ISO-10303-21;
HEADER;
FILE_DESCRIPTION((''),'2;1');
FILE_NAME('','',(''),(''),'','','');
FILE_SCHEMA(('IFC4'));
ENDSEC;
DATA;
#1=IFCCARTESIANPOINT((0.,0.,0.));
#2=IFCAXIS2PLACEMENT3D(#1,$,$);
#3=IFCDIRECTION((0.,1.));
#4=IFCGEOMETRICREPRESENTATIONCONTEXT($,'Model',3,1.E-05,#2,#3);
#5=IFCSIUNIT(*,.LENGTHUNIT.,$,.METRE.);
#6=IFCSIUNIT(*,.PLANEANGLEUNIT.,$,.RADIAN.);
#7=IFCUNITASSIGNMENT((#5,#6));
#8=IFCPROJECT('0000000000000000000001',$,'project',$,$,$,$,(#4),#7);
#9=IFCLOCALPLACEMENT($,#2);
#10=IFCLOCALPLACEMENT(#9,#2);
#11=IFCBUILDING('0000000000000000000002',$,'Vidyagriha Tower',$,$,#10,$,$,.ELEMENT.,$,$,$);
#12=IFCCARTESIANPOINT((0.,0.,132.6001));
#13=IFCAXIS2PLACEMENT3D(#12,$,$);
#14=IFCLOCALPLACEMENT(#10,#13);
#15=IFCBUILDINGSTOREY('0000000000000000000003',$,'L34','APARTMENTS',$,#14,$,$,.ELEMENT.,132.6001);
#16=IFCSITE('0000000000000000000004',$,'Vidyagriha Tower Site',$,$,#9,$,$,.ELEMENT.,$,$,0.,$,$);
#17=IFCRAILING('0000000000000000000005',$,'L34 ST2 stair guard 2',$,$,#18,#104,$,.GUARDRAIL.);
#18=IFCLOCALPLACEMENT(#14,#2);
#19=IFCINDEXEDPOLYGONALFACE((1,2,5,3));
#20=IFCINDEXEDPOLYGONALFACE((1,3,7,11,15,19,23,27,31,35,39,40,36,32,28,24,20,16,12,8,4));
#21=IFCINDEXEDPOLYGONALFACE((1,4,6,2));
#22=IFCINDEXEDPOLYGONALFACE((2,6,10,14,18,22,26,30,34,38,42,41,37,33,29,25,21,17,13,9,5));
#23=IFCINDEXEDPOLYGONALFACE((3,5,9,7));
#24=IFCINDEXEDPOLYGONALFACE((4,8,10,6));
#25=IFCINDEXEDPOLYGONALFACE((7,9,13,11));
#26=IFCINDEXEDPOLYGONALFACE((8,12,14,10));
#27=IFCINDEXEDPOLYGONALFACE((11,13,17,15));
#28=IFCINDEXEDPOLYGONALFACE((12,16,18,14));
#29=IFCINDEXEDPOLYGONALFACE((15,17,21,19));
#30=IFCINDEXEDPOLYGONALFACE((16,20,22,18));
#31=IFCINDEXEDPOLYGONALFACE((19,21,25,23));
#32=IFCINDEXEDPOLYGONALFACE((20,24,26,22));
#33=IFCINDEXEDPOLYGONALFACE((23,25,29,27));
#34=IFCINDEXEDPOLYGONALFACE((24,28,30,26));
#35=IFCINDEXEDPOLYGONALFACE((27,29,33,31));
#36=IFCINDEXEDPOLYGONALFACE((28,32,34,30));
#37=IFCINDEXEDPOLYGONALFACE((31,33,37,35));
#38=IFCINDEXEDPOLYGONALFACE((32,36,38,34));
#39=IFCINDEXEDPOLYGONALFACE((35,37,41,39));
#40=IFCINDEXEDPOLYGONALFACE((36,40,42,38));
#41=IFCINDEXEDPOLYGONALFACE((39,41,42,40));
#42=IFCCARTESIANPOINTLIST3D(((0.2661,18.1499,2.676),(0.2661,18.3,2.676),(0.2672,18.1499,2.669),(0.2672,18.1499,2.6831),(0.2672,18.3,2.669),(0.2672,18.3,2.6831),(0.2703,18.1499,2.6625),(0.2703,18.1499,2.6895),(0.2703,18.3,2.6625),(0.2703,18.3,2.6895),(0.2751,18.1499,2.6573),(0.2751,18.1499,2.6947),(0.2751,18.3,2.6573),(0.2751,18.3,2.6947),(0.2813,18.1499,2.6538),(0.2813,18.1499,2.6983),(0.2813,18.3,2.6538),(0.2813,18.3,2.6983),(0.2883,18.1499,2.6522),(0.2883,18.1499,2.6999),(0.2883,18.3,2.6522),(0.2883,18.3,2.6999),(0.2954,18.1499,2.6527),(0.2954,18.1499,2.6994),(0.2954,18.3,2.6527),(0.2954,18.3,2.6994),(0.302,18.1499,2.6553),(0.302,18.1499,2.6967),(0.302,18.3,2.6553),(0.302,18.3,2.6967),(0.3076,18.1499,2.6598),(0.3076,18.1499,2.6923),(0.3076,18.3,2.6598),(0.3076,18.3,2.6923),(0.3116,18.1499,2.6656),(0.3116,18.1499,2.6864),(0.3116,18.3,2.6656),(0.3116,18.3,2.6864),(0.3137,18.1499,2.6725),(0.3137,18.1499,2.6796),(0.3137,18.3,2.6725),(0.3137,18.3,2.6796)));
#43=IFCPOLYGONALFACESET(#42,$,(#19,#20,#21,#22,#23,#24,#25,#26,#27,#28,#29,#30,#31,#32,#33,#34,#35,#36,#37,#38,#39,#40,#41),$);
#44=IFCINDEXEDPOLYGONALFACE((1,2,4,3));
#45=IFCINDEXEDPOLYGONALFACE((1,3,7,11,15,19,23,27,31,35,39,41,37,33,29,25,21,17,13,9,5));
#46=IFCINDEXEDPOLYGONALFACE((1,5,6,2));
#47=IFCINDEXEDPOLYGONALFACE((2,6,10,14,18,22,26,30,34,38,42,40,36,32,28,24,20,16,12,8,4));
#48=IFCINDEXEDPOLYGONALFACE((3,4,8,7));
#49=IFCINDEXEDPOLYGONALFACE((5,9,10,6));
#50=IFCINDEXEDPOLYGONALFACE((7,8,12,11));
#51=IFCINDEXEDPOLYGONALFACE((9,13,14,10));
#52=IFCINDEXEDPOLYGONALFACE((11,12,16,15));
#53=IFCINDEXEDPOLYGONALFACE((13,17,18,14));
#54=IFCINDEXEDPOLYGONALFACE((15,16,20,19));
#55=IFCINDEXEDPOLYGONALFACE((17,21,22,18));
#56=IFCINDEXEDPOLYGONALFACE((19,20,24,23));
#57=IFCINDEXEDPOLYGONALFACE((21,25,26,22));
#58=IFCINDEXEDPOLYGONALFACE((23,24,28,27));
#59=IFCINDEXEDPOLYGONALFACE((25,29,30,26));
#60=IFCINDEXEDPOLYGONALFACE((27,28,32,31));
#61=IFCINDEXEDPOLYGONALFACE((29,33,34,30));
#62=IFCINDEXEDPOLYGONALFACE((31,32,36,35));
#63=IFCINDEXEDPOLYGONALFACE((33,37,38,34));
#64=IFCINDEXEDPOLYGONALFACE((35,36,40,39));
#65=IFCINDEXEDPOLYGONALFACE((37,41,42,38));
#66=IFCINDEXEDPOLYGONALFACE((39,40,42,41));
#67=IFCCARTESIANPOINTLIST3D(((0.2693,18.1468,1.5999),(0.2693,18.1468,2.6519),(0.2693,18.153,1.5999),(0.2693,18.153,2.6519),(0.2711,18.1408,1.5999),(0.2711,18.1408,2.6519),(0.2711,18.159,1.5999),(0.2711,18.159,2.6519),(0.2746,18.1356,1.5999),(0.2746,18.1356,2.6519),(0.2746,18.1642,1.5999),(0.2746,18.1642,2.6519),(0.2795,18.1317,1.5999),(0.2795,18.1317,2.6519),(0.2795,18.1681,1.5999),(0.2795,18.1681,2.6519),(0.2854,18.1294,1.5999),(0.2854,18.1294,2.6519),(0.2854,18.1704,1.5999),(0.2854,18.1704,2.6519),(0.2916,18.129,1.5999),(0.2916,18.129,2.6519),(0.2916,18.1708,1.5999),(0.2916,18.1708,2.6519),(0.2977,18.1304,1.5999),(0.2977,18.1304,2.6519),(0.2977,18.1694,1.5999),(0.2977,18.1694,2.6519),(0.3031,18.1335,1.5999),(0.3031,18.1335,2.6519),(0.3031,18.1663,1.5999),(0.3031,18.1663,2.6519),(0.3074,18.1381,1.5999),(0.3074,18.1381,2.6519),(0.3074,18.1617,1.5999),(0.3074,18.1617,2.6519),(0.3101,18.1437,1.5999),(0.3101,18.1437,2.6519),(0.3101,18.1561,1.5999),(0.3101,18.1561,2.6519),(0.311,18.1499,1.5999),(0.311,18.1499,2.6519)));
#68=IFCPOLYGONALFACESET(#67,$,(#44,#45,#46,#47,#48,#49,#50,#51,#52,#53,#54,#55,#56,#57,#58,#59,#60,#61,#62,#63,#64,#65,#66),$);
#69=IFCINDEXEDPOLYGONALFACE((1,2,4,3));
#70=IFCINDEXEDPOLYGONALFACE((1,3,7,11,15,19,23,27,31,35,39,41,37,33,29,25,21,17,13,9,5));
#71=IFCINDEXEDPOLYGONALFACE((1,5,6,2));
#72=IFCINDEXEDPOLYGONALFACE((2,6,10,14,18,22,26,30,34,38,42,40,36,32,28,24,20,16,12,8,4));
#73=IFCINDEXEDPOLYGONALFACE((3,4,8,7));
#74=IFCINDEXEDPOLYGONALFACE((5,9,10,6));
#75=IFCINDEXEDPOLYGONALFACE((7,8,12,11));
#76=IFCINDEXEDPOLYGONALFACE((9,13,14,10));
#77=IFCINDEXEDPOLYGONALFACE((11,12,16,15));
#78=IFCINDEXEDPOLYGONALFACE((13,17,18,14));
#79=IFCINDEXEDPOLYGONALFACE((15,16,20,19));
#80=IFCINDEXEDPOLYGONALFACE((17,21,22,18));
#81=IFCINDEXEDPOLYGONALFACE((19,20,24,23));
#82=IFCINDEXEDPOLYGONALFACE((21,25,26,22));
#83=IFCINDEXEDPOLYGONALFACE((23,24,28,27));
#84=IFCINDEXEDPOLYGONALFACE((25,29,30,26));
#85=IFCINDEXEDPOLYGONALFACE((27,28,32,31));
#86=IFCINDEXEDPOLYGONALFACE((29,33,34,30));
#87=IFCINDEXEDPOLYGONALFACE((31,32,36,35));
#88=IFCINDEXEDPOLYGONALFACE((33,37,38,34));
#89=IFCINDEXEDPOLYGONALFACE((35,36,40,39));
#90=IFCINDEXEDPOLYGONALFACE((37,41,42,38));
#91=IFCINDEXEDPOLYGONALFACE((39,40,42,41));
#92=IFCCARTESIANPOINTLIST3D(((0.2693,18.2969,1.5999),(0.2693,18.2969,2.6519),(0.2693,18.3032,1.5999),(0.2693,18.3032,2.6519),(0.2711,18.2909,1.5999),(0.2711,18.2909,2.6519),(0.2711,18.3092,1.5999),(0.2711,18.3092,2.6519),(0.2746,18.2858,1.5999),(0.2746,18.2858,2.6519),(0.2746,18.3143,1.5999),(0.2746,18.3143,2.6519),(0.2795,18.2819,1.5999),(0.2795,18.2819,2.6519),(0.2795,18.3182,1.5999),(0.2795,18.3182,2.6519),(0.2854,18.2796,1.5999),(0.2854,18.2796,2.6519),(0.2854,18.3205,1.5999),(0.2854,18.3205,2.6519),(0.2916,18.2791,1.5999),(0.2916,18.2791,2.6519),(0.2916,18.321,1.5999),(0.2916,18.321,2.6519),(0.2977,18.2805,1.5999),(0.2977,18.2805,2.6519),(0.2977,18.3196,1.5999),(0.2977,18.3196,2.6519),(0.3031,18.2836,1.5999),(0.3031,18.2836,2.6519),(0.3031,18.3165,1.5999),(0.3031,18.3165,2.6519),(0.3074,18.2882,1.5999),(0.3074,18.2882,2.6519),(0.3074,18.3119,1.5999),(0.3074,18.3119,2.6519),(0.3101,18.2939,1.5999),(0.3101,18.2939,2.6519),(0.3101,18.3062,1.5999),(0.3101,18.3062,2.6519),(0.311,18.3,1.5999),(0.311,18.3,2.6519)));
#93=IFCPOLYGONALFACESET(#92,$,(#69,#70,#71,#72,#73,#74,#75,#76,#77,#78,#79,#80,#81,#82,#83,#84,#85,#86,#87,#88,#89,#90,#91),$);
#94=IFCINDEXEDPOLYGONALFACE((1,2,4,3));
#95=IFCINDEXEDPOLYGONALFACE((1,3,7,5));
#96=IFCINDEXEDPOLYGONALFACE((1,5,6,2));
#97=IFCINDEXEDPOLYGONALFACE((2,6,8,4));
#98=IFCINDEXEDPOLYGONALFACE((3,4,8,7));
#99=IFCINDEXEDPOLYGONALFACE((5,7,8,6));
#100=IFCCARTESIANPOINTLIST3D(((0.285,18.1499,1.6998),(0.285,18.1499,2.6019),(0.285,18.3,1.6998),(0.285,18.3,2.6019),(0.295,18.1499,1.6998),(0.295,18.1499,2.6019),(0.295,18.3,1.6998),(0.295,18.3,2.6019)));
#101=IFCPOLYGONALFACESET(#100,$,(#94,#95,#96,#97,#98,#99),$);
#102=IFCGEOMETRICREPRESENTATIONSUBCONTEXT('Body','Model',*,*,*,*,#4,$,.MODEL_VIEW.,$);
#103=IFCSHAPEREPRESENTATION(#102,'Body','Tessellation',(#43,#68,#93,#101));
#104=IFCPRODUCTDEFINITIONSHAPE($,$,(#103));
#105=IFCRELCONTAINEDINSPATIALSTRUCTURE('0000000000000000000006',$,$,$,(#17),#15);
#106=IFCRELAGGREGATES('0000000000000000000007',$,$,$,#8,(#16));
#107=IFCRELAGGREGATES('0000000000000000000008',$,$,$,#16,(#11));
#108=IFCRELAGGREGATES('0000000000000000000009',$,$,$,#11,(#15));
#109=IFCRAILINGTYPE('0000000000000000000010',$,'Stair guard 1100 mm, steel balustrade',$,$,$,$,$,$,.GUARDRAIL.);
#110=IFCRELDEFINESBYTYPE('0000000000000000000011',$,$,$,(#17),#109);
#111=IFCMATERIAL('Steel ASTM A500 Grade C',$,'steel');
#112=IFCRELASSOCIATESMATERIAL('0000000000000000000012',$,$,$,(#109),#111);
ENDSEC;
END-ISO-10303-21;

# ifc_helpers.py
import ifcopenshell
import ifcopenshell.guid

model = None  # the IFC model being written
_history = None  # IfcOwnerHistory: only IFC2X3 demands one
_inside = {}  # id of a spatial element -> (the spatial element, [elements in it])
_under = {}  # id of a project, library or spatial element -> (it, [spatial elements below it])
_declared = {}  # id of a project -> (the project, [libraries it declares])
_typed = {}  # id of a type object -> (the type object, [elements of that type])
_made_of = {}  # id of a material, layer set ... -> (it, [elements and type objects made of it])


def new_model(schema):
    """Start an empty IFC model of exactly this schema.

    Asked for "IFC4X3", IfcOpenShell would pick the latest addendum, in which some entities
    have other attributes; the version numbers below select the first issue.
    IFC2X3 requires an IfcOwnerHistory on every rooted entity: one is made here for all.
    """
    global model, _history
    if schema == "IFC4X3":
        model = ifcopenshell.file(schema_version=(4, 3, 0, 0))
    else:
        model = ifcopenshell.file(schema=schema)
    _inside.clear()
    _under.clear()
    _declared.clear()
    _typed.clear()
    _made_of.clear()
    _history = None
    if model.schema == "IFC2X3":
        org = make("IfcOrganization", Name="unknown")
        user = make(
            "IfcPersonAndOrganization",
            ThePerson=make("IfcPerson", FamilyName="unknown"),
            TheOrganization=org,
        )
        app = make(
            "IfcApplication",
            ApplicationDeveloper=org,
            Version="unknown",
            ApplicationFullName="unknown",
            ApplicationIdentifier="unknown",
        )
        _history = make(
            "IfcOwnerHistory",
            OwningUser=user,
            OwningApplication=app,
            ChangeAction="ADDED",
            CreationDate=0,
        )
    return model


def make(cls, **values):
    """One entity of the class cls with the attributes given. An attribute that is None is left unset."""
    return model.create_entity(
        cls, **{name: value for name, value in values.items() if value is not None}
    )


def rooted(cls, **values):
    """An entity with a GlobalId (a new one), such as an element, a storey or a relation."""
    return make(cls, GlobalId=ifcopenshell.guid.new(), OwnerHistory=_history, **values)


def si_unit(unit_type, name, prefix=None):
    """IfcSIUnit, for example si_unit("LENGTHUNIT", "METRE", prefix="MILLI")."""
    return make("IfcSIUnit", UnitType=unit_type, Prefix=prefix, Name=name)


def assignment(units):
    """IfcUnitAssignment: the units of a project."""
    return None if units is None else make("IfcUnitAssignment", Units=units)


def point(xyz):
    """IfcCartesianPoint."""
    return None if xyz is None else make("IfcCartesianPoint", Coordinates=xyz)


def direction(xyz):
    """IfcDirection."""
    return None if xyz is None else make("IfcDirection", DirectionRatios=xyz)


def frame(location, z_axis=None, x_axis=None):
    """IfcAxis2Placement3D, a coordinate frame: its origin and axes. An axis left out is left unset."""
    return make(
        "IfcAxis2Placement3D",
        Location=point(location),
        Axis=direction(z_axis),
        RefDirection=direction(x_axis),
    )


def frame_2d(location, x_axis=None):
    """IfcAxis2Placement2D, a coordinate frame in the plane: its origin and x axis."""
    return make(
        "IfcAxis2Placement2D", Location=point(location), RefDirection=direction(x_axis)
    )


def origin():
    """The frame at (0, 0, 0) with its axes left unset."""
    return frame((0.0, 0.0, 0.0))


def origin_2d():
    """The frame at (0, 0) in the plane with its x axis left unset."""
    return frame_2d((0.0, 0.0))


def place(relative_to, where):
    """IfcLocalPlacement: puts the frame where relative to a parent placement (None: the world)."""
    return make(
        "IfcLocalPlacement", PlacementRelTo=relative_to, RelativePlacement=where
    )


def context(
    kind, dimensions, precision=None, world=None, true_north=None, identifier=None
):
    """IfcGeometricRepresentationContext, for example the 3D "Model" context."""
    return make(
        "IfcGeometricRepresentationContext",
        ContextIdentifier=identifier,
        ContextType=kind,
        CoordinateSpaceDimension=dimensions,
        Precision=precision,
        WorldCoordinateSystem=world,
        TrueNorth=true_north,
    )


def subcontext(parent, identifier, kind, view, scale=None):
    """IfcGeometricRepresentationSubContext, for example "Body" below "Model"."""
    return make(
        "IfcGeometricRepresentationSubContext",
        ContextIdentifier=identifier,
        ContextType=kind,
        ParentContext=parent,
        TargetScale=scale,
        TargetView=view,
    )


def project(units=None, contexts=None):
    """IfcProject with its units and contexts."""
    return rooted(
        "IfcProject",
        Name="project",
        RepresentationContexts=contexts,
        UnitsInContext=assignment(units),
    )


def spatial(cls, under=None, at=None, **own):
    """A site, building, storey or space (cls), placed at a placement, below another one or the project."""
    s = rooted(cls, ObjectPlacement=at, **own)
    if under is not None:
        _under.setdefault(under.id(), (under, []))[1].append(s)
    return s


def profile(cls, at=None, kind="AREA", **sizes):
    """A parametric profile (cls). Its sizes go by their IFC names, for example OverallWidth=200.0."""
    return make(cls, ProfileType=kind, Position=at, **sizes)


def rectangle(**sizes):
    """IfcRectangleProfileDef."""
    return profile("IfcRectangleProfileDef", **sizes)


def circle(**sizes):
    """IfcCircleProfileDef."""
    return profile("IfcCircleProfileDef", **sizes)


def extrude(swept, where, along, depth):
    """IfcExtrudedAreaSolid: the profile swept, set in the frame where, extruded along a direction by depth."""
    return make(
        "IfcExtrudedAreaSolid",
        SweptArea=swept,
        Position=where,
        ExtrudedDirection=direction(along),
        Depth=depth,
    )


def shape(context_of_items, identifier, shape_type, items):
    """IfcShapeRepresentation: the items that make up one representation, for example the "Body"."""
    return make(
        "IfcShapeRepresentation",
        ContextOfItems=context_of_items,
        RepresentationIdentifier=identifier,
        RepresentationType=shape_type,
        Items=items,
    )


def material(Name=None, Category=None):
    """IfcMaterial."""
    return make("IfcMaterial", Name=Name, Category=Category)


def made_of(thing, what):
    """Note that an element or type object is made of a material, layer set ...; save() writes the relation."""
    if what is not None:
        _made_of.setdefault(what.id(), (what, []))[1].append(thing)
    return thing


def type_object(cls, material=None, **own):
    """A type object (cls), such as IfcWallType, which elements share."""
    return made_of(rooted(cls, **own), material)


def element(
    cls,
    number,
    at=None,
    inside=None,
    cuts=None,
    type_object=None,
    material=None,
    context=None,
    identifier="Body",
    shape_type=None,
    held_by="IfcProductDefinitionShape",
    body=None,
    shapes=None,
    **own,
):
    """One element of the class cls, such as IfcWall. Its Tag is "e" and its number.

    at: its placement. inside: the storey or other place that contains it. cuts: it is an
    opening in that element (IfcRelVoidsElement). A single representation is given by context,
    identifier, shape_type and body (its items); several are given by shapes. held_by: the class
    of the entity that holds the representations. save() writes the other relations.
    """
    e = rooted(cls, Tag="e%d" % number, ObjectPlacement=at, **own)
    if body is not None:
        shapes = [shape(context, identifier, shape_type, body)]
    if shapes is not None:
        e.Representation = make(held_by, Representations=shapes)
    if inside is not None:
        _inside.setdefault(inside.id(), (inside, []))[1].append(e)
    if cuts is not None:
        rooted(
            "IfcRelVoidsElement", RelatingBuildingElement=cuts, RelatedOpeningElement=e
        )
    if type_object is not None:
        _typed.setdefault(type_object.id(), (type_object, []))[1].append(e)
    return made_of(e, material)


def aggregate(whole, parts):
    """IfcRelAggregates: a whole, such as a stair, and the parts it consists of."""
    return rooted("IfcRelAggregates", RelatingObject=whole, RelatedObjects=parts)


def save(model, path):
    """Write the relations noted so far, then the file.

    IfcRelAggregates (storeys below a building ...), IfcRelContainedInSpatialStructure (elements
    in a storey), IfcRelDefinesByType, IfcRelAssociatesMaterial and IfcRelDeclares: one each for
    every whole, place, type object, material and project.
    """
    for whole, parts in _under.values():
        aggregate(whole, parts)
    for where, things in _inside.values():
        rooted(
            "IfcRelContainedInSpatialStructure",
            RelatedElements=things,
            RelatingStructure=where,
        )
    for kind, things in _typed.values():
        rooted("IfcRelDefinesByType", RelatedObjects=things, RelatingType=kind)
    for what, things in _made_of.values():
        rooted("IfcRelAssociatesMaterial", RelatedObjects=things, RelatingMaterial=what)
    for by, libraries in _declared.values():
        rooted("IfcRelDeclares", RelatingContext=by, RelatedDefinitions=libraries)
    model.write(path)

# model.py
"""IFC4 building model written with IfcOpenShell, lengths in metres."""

from ifc_helpers import new_model, si_unit, direction, frame, origin, origin_2d, place, context, subcontext, project, spatial, rectangle, circle, extrude, material, type_object, element, save


model = new_model("IFC4")

# Units and contexts
model_context = context("Model", 3, precision=1e-05, world=origin(), true_north=direction((0.0, 1.0)))
body_context = subcontext(model_context, "Body", "Model", "MODEL_VIEW")
ifc_project = project(units=[si_unit("LENGTHUNIT", "METRE"), si_unit("PLANEANGLEUNIT", "RADIAN")], contexts=[model_context])

# Site, building, storey
site_placement = place(None, origin())
site = spatial("IfcSite", under=ifc_project, at=site_placement, Name="Vidyagriha Tower Site", CompositionType="ELEMENT", RefElevation=0.0)
building_placement = place(site_placement, origin())
building = spatial("IfcBuilding", under=site, at=building_placement, Name="Vidyagriha Tower", CompositionType="ELEMENT")
storey_placement = place(building_placement, frame((0.0, 0.0, 132.6001)))
storey = spatial("IfcBuildingStorey", under=building, at=storey_placement, Name="L34", Description="APARTMENTS", CompositionType="ELEMENT", Elevation=132.6001)

# Railing
ifc_material_1 = material(Name="Steel ASTM A500 Grade C", Category="steel")
railing_type_1 = type_object("IfcRailingType", Name="Stair guard 1100 mm, steel balustrade", PredefinedType="GUARDRAIL", material=ifc_material_1)
railing_1_placement = place(storey_placement, frame((0.29, 18.1499, 1.5999)))
element("IfcRailing", 1, at=railing_1_placement, inside=storey, type_object=railing_type_1, Name="L34 ST2 stair guard 2", PredefinedType="GUARDRAIL", context=body_context, shape_type="SweptSolid", body=[
    extrude(circle(Radius=0.0239, at=origin_2d()), frame((0.0, 0.0, 1.0762), z_axis=(0.0, 1.0, 0.0), x_axis=(-1.0, 0.0, 0.0)), (0.0, 0.0, 1.0), 0.1501),
    extrude(circle(Radius=0.021, at=origin_2d()), origin(), (0.0, 0.0, 1.0), 1.052),
    extrude(circle(Radius=0.021, at=origin_2d()), frame((0.0, 0.1501, 0.0)), (0.0, 0.0, 1.0), 1.052),
    extrude(rectangle(XDim=0.01, YDim=0.9021, at=origin_2d()), frame((0.0, 0.0, 0.551), z_axis=(0.0, 1.0, 0.0), x_axis=(-1.0, 0.0, 0.0)), (0.0, 0.0, 1.0), 0.1501),
])

save(model, "model.ifc")
